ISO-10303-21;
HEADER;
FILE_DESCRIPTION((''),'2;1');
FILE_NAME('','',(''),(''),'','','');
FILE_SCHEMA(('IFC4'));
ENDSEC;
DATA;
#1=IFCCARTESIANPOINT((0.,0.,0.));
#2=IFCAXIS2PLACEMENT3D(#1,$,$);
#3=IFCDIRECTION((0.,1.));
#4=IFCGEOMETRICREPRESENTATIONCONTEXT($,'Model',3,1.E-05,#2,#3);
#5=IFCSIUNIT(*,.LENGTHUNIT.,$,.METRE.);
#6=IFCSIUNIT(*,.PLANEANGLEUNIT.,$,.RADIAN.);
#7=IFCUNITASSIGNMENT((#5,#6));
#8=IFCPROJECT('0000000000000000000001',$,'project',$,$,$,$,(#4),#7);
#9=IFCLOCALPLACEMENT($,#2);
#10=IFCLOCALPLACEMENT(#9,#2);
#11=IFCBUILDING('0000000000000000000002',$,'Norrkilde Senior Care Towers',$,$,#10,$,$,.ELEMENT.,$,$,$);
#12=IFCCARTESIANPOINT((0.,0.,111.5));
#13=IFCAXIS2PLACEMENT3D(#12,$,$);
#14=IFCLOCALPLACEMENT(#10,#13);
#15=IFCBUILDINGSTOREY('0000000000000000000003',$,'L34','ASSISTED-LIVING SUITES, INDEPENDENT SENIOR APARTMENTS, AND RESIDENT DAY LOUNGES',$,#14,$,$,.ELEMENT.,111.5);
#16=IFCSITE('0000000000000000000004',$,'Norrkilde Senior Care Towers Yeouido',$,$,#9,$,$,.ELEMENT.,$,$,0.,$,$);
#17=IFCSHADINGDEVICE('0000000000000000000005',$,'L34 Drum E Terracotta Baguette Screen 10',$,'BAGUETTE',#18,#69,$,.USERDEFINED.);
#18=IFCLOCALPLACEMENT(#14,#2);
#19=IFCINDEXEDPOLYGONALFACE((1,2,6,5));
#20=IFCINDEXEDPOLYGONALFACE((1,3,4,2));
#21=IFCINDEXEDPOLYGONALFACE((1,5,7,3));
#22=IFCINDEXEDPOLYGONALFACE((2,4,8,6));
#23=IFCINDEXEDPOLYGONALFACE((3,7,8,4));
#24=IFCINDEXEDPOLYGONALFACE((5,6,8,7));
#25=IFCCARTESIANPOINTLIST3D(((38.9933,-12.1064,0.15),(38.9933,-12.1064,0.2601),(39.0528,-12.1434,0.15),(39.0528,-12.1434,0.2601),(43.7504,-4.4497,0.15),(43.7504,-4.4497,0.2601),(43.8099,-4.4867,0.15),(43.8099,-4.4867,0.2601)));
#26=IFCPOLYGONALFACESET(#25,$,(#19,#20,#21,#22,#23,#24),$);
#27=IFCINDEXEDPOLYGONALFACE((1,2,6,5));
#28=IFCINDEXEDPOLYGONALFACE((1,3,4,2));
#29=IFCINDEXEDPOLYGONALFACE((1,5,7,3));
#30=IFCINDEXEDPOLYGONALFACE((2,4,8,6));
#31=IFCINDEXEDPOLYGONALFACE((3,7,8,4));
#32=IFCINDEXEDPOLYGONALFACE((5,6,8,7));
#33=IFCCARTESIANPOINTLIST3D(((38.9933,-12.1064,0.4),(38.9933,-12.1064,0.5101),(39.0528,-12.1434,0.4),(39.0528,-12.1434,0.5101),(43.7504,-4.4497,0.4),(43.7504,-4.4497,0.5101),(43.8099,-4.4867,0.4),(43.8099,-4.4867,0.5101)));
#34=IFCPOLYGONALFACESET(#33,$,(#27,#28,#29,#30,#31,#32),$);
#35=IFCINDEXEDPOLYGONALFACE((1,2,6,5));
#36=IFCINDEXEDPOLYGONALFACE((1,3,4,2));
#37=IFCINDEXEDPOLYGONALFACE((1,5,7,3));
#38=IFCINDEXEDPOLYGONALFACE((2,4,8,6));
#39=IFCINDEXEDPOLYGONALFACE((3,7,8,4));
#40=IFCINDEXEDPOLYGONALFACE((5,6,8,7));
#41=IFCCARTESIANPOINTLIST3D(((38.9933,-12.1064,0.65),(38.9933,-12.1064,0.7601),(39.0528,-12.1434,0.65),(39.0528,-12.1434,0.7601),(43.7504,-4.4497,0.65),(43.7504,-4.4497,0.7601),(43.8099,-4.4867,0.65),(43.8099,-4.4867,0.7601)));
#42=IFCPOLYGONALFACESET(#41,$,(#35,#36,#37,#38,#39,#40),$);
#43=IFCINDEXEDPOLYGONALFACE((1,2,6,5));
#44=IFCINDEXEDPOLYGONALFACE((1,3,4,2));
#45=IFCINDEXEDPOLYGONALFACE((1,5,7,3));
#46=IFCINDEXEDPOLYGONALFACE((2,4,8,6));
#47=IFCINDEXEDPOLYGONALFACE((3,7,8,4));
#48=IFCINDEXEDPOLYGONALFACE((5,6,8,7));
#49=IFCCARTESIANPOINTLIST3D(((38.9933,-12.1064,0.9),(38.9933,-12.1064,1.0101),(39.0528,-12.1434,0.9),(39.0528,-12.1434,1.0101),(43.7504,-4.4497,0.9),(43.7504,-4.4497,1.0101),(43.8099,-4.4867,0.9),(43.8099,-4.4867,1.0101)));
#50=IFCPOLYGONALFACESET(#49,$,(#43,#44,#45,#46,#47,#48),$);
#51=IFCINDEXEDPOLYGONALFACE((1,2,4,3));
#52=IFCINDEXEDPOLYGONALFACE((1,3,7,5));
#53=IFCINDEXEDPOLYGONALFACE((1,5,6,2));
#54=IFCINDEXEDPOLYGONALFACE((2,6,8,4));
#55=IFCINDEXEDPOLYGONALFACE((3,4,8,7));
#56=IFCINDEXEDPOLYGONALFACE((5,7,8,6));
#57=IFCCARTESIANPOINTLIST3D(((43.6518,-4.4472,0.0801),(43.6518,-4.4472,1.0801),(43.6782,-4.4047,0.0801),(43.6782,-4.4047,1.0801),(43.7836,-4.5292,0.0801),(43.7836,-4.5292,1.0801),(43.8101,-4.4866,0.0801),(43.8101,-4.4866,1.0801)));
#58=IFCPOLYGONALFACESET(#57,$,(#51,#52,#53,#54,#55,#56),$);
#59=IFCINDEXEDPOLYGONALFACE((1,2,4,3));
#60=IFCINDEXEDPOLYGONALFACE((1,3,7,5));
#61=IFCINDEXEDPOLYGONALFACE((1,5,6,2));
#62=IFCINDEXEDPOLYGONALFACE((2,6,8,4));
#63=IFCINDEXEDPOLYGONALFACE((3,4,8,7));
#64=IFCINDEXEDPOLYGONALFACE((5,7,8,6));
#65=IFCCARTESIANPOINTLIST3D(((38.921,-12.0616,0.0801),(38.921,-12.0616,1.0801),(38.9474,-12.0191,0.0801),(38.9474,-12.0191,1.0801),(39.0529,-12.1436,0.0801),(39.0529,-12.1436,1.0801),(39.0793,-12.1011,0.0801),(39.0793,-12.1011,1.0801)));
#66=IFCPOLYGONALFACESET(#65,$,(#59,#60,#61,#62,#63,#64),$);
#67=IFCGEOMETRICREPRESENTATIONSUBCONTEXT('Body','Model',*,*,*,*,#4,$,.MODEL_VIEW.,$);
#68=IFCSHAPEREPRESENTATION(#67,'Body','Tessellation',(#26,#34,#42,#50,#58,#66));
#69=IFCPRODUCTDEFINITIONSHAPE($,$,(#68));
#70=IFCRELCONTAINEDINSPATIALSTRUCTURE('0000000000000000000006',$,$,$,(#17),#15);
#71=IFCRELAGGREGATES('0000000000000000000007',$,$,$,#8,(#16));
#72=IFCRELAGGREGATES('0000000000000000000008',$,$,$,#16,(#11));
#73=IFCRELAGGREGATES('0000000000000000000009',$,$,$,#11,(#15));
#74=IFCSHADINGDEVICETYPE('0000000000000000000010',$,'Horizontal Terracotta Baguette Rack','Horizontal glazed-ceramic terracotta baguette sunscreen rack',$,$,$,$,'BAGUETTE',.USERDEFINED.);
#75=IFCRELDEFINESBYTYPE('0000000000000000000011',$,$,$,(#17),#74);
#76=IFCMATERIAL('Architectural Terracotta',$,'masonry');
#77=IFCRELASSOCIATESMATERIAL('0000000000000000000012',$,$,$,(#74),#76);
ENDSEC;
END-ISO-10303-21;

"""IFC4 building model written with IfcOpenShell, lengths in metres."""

from ifc_helpers import new_model, si_unit, direction, frame, origin, origin_2d, place, context, subcontext, project, spatial, rectangle, extrude, source, transform, mapped, material, type_object, type_shapes, element, save


model = new_model("IFC4")

# Units and contexts
model_context = context("Model", 3, precision=1e-05, world=origin(), true_north=direction((0.0, 1.0)))
body_context = subcontext(model_context, "Body", "Model", "MODEL_VIEW")
ifc_project = project(units=[si_unit("LENGTHUNIT", "METRE"), si_unit("PLANEANGLEUNIT", "RADIAN")], contexts=[model_context])

# Site, building, storey
site_placement = place(None, origin())
site = spatial("IfcSite", under=ifc_project, at=site_placement, Name="Norrkilde Senior Care Towers Yeouido", CompositionType="ELEMENT", RefElevation=0.0)
building_placement = place(site_placement, origin())
building = spatial("IfcBuilding", under=site, at=building_placement, Name="Norrkilde Senior Care Towers", CompositionType="ELEMENT")
storey_placement = place(building_placement, frame((0.0, 0.0, 111.5)))
storey = spatial("IfcBuildingStorey", under=building, at=storey_placement, Name="L34", Description="ASSISTED-LIVING SUITES, INDEPENDENT SENIOR APARTMENTS, AND RESIDENT DAY LOUNGES", CompositionType="ELEMENT", Elevation=111.5)

# Shading device
ifc_material_1 = material(Name="Architectural Terracotta", Category="masonry")
shading_device_type = type_object("IfcShadingDeviceType", Name="Horizontal Terracotta Baguette Rack", Description="Horizontal glazed-ceramic terracotta baguette sunscreen rack", ElementType="BAGUETTE", PredefinedType="USERDEFINED", material=ifc_material_1)
shared_shape_1 = source(origin(), body_context, "Body", "SweptSolid", [
    extrude(rectangle(XDim=0.0701, YDim=0.1101, at=origin_2d()), frame((0.0, 0.0901, 0.125), z_axis=(1.0, 0.0, 0.0), x_axis=(0.0, 1.0, 0.0)), (0.0, 0.0, 1.0), 9.0142),
    extrude(rectangle(XDim=0.0701, YDim=0.1101, at=origin_2d()), frame((0.0, 0.0901, 0.375), z_axis=(1.0, 0.0, 0.0), x_axis=(0.0, 1.0, 0.0)), (0.0, 0.0, 1.0), 9.0142),
    extrude(rectangle(XDim=0.0701, YDim=0.1101, at=origin_2d()), frame((0.0, 0.0901, 0.625), z_axis=(1.0, 0.0, 0.0), x_axis=(0.0, 1.0, 0.0)), (0.0, 0.0, 1.0), 9.0142),
    extrude(rectangle(XDim=0.0701, YDim=0.1101, at=origin_2d()), frame((0.0, 0.0901, 0.875), z_axis=(1.0, 0.0, 0.0), x_axis=(0.0, 1.0, 0.0)), (0.0, 0.0, 1.0), 9.0142),
    extrude(rectangle(XDim=0.05, YDim=0.1553, at=origin_2d()), frame((0.0249, 0.0476, 0.0)), (0.0, 0.0, 1.0), 1.0),
    extrude(rectangle(XDim=0.05, YDim=0.1553, at=origin_2d()), frame((8.9893, 0.0476, 0.0)), (0.0, 0.0, 1.0), 1.0),
])
type_shapes(shading_device_type, [shared_shape_1])
shading_device_placement = place(storey_placement, frame((43.7036, -4.4207, 0.0801), z_axis=(0.0, 0.0, 1.0), x_axis=(-0.527734, -0.849412, 0.0)))
element("IfcShadingDevice", 1, at=shading_device_placement, inside=storey, type_object=shading_device_type, Name="L34 Drum E Terracotta Baguette Screen 10", ObjectType="BAGUETTE", PredefinedType="USERDEFINED", context=body_context, shape_type="MappedRepresentation", body=[
    mapped(shared_shape_1, transform((0.0, 0.0, 0.0), x_axis=(1.0, 0.0, 0.0), y_axis=(0.0, 1.0, 0.0), z_axis=(0.0, 0.0, 1.0), scale=1.0)),
])

save(model, "model.ifc")
